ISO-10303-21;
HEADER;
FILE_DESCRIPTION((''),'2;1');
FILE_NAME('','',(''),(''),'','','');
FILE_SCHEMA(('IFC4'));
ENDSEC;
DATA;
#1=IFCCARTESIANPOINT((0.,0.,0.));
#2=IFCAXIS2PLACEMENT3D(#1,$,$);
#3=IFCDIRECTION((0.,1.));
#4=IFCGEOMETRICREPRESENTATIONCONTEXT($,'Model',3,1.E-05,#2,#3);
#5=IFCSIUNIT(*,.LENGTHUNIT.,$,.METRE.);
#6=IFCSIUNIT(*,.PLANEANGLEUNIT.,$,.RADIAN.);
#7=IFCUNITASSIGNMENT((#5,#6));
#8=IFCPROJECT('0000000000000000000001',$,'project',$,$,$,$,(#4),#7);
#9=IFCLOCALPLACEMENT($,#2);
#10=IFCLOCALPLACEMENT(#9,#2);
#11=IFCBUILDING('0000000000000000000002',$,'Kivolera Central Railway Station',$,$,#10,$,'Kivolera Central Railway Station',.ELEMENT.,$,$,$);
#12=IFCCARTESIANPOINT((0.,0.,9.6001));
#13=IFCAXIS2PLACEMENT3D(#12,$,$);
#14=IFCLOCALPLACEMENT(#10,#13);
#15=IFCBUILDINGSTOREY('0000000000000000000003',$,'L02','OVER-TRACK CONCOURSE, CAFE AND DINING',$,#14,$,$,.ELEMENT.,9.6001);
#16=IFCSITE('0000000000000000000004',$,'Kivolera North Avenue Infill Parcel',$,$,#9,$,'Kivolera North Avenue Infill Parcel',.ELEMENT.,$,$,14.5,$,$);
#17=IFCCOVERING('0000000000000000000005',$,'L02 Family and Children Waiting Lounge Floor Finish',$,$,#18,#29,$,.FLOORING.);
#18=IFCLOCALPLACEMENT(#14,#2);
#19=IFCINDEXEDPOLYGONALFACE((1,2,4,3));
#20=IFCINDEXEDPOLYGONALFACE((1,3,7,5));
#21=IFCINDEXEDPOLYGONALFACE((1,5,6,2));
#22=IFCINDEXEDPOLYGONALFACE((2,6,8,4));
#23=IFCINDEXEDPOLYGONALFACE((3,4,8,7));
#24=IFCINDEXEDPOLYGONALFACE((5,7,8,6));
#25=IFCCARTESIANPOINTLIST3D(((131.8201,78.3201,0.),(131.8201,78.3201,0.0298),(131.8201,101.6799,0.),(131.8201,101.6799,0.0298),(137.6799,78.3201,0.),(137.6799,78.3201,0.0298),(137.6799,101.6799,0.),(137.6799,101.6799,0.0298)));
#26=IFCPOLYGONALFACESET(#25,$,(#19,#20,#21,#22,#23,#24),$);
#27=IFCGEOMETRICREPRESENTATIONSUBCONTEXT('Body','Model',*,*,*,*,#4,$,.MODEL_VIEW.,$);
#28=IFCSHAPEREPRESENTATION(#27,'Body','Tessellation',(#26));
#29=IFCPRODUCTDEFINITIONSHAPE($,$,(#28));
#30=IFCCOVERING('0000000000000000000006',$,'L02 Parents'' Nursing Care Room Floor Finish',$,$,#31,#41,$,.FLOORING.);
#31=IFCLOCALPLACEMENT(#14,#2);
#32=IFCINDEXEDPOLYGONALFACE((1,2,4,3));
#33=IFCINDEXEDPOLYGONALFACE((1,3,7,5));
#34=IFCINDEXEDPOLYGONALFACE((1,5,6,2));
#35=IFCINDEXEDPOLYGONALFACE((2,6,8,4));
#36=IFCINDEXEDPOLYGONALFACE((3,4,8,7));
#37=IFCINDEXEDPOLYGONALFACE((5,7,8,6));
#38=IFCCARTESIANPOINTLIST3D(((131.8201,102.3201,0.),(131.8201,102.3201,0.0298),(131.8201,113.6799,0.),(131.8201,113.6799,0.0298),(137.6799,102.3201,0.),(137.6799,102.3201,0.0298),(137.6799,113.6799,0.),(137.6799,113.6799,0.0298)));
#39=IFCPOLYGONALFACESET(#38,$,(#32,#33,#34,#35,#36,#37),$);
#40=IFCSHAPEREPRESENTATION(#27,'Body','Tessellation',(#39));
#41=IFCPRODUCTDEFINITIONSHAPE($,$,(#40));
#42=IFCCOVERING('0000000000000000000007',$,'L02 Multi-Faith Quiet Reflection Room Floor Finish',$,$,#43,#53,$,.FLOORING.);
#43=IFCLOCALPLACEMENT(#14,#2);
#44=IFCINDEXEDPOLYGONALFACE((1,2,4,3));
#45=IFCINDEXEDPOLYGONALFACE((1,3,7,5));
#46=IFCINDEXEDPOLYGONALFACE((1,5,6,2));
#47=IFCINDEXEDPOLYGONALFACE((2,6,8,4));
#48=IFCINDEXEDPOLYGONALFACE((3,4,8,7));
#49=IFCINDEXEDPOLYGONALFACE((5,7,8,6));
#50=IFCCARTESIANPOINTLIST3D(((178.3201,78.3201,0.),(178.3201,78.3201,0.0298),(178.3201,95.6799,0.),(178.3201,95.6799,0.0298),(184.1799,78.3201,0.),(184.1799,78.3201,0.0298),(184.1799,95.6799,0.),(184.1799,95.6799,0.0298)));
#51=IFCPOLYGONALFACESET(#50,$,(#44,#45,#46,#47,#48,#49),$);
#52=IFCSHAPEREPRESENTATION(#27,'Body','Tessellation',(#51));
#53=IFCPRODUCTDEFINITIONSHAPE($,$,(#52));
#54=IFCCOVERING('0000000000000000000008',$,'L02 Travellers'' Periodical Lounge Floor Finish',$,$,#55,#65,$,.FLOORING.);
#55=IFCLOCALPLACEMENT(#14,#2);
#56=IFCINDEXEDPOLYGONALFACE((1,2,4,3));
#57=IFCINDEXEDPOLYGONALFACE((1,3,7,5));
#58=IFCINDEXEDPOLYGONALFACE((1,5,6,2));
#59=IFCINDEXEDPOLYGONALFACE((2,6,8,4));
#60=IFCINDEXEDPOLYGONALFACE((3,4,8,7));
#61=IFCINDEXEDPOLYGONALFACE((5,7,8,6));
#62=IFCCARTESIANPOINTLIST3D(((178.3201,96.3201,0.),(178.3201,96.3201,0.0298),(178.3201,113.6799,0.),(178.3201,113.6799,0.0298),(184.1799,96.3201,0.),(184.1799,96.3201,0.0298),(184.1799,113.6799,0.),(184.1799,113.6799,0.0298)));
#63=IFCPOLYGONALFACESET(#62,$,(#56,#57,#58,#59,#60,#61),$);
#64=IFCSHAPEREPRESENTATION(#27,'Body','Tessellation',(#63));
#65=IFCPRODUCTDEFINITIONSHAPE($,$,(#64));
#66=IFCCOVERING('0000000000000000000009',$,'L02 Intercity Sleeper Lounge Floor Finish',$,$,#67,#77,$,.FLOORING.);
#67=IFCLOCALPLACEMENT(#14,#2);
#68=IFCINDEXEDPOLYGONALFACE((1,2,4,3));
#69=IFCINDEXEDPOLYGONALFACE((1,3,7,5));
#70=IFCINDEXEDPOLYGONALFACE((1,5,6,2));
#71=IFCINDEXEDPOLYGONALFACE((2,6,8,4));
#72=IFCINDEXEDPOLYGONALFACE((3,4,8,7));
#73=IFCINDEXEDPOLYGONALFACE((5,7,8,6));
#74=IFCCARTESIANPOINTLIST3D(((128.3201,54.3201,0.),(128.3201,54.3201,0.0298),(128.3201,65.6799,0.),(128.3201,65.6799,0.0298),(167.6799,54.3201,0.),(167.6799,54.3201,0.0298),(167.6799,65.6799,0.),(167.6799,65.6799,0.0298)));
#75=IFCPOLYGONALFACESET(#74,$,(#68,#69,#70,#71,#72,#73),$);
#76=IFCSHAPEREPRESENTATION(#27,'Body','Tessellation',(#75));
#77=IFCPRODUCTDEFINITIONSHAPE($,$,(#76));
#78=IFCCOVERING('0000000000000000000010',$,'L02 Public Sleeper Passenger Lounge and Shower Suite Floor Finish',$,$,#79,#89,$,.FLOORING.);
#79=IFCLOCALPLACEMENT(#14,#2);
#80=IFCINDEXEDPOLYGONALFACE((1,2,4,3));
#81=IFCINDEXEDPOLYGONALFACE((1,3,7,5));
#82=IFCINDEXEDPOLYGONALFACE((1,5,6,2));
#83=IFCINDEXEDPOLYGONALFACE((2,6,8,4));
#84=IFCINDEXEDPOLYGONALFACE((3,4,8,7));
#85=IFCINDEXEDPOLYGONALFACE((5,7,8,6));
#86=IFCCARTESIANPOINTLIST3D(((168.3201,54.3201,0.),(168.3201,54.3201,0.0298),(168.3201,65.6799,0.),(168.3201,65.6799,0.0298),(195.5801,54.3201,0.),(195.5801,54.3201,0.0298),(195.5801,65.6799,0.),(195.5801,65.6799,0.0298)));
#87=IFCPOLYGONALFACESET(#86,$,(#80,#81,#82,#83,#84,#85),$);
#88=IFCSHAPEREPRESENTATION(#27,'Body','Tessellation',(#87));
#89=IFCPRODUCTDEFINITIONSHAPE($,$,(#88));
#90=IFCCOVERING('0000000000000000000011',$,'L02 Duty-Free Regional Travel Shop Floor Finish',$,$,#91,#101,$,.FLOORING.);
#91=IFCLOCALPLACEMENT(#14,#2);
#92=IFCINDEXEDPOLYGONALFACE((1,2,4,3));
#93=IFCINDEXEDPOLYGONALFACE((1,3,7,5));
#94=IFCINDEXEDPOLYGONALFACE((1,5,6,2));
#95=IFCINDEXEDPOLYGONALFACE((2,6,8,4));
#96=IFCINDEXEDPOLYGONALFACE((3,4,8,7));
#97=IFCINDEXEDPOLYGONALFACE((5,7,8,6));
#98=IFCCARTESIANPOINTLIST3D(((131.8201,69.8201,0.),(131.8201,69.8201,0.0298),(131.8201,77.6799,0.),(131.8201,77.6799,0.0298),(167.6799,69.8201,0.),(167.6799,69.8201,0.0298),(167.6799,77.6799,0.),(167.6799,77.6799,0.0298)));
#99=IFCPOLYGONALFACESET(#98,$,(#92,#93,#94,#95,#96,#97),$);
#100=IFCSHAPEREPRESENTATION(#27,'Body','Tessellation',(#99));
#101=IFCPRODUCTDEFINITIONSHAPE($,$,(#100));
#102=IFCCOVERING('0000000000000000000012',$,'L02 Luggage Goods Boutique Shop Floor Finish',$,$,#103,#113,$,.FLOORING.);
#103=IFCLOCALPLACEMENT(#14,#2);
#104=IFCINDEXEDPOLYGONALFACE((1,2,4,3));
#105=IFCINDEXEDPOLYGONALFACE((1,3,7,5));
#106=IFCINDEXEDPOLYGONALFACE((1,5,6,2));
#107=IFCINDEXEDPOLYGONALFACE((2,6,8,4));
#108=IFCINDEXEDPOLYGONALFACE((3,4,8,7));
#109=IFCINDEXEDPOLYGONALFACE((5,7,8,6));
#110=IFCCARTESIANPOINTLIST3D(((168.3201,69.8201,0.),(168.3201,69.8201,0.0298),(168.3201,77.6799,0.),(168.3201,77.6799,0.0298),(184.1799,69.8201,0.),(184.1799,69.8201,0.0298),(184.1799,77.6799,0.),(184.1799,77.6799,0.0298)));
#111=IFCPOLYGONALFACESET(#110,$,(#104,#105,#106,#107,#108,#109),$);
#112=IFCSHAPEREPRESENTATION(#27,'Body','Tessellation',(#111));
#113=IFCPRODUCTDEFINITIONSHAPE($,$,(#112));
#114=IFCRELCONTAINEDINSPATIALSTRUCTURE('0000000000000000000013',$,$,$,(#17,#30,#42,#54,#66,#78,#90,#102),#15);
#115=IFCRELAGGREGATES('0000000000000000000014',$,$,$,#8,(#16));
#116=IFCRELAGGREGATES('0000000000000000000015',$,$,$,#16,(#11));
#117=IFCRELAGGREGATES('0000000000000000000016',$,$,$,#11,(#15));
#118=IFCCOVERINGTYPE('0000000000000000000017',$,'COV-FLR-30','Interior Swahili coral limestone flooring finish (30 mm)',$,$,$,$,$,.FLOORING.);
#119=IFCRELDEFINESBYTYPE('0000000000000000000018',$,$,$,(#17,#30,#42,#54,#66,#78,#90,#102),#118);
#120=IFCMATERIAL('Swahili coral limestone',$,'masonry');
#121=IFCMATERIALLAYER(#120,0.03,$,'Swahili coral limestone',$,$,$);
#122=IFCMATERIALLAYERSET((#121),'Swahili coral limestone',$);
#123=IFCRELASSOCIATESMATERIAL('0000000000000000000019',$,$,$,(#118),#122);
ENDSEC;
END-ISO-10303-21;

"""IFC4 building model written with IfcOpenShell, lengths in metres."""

from ifc_helpers import new_model, si_unit, direction, frame, origin, place, context, subcontext, project, spatial, polyline, outline, extrude, material, layer, layer_set, type_object, element, save


model = new_model("IFC4")

# Units and contexts
model_context = context("Model", 3, precision=1e-05, world=origin(), true_north=direction((0.0, 1.0)))
body_context = subcontext(model_context, "Body", "Model", "MODEL_VIEW")
ifc_project = project(units=[si_unit("LENGTHUNIT", "METRE"), si_unit("PLANEANGLEUNIT", "RADIAN")], contexts=[model_context])

# Site, building, storey
site_placement = place(None, origin())
site = spatial("IfcSite", under=ifc_project, at=site_placement, Name="Kivolera North Avenue Infill Parcel", LongName="Kivolera North Avenue Infill Parcel", CompositionType="ELEMENT", RefElevation=14.5)
building_placement = place(site_placement, origin())
building = spatial("IfcBuilding", under=site, at=building_placement, Name="Kivolera Central Railway Station", LongName="Kivolera Central Railway Station", CompositionType="ELEMENT")
storey_placement = place(building_placement, frame((0.0, 0.0, 9.6001)))
storey = spatial("IfcBuildingStorey", under=building, at=storey_placement, Name="L02", Description="OVER-TRACK CONCOURSE, CAFE AND DINING", CompositionType="ELEMENT", Elevation=9.6001)

# Coverings
ifc_material_1 = material(Name="Swahili coral limestone", Category="masonry")
ifc_layer_1 = layer(ifc_material_1, 0.03, Name="Swahili coral limestone")
ifc_layer_set_1 = layer_set([ifc_layer_1], Name="Swahili coral limestone")
covering_type_1 = type_object("IfcCoveringType", Name="COV-FLR-30", Description="Interior Swahili coral limestone flooring finish (30 mm)", PredefinedType="FLOORING", material=ifc_layer_set_1)
covering_1_placement = place(storey_placement, origin())
element("IfcCovering", 1, at=covering_1_placement, inside=storey, type_object=covering_type_1, Name="L02 Family and Children Waiting Lounge Floor Finish", PredefinedType="FLOORING", context=body_context, shape_type="SweptSolid", body=[
    extrude(outline(polyline([(131.8201, 78.3201), (137.6799, 78.3201), (137.6799, 101.6799), (131.8201, 101.6799), (131.8201, 78.3201)])), origin(), (0.0, 0.0, 1.0), 0.0298),
])
covering_2_placement = place(storey_placement, origin())
element("IfcCovering", 2, at=covering_2_placement, inside=storey, type_object=covering_type_1, Name="L02 Parents' Nursing Care Room Floor Finish", PredefinedType="FLOORING", context=body_context, shape_type="SweptSolid", body=[
    extrude(outline(polyline([(131.8201, 102.3201), (137.6799, 102.3201), (137.6799, 113.6799), (131.8201, 113.6799), (131.8201, 102.3201)])), origin(), (0.0, 0.0, 1.0), 0.0298),
])
covering_3_placement = place(storey_placement, origin())
element("IfcCovering", 3, at=covering_3_placement, inside=storey, type_object=covering_type_1, Name="L02 Multi-Faith Quiet Reflection Room Floor Finish", PredefinedType="FLOORING", context=body_context, shape_type="SweptSolid", body=[
    extrude(outline(polyline([(178.3201, 78.3201), (184.1799, 78.3201), (184.1799, 95.6799), (178.3201, 95.6799), (178.3201, 78.3201)])), origin(), (0.0, 0.0, 1.0), 0.0298),
])
covering_4_placement = place(storey_placement, origin())
element("IfcCovering", 4, at=covering_4_placement, inside=storey, type_object=covering_type_1, Name="L02 Travellers' Periodical Lounge Floor Finish", PredefinedType="FLOORING", context=body_context, shape_type="SweptSolid", body=[
    extrude(outline(polyline([(178.3201, 96.3201), (184.1799, 96.3201), (184.1799, 113.6799), (178.3201, 113.6799), (178.3201, 96.3201)])), origin(), (0.0, 0.0, 1.0), 0.0298),
])
covering_5_placement = place(storey_placement, origin())
element("IfcCovering", 5, at=covering_5_placement, inside=storey, type_object=covering_type_1, Name="L02 Intercity Sleeper Lounge Floor Finish", PredefinedType="FLOORING", context=body_context, shape_type="SweptSolid", body=[
    extrude(outline(polyline([(128.3201, 54.3201), (167.6799, 54.3201), (167.6799, 65.6799), (128.3201, 65.6799), (128.3201, 54.3201)])), origin(), (0.0, 0.0, 1.0), 0.0298),
])
covering_6_placement = place(storey_placement, origin())
element("IfcCovering", 6, at=covering_6_placement, inside=storey, type_object=covering_type_1, Name="L02 Public Sleeper Passenger Lounge and Shower Suite Floor Finish", PredefinedType="FLOORING", context=body_context, shape_type="SweptSolid", body=[
    extrude(outline(polyline([(168.3201, 54.3201), (195.5801, 54.3201), (195.5801, 65.6799), (168.3201, 65.6799), (168.3201, 54.3201)])), origin(), (0.0, 0.0, 1.0), 0.0298),
])
covering_7_placement = place(storey_placement, origin())
element("IfcCovering", 7, at=covering_7_placement, inside=storey, type_object=covering_type_1, Name="L02 Duty-Free Regional Travel Shop Floor Finish", PredefinedType="FLOORING", context=body_context, shape_type="SweptSolid", body=[
    extrude(outline(polyline([(131.8201, 69.8201), (167.6799, 69.8201), (167.6799, 77.6799), (131.8201, 77.6799), (131.8201, 69.8201)])), origin(), (0.0, 0.0, 1.0), 0.0298),
])
covering_8_placement = place(storey_placement, origin())
element("IfcCovering", 8, at=covering_8_placement, inside=storey, type_object=covering_type_1, Name="L02 Luggage Goods Boutique Shop Floor Finish", PredefinedType="FLOORING", context=body_context, shape_type="SweptSolid", body=[
    extrude(outline(polyline([(168.3201, 69.8201), (184.1799, 69.8201), (184.1799, 77.6799), (168.3201, 77.6799), (168.3201, 69.8201)])), origin(), (0.0, 0.0, 1.0), 0.0298),
])

save(model, "model.ifc")
